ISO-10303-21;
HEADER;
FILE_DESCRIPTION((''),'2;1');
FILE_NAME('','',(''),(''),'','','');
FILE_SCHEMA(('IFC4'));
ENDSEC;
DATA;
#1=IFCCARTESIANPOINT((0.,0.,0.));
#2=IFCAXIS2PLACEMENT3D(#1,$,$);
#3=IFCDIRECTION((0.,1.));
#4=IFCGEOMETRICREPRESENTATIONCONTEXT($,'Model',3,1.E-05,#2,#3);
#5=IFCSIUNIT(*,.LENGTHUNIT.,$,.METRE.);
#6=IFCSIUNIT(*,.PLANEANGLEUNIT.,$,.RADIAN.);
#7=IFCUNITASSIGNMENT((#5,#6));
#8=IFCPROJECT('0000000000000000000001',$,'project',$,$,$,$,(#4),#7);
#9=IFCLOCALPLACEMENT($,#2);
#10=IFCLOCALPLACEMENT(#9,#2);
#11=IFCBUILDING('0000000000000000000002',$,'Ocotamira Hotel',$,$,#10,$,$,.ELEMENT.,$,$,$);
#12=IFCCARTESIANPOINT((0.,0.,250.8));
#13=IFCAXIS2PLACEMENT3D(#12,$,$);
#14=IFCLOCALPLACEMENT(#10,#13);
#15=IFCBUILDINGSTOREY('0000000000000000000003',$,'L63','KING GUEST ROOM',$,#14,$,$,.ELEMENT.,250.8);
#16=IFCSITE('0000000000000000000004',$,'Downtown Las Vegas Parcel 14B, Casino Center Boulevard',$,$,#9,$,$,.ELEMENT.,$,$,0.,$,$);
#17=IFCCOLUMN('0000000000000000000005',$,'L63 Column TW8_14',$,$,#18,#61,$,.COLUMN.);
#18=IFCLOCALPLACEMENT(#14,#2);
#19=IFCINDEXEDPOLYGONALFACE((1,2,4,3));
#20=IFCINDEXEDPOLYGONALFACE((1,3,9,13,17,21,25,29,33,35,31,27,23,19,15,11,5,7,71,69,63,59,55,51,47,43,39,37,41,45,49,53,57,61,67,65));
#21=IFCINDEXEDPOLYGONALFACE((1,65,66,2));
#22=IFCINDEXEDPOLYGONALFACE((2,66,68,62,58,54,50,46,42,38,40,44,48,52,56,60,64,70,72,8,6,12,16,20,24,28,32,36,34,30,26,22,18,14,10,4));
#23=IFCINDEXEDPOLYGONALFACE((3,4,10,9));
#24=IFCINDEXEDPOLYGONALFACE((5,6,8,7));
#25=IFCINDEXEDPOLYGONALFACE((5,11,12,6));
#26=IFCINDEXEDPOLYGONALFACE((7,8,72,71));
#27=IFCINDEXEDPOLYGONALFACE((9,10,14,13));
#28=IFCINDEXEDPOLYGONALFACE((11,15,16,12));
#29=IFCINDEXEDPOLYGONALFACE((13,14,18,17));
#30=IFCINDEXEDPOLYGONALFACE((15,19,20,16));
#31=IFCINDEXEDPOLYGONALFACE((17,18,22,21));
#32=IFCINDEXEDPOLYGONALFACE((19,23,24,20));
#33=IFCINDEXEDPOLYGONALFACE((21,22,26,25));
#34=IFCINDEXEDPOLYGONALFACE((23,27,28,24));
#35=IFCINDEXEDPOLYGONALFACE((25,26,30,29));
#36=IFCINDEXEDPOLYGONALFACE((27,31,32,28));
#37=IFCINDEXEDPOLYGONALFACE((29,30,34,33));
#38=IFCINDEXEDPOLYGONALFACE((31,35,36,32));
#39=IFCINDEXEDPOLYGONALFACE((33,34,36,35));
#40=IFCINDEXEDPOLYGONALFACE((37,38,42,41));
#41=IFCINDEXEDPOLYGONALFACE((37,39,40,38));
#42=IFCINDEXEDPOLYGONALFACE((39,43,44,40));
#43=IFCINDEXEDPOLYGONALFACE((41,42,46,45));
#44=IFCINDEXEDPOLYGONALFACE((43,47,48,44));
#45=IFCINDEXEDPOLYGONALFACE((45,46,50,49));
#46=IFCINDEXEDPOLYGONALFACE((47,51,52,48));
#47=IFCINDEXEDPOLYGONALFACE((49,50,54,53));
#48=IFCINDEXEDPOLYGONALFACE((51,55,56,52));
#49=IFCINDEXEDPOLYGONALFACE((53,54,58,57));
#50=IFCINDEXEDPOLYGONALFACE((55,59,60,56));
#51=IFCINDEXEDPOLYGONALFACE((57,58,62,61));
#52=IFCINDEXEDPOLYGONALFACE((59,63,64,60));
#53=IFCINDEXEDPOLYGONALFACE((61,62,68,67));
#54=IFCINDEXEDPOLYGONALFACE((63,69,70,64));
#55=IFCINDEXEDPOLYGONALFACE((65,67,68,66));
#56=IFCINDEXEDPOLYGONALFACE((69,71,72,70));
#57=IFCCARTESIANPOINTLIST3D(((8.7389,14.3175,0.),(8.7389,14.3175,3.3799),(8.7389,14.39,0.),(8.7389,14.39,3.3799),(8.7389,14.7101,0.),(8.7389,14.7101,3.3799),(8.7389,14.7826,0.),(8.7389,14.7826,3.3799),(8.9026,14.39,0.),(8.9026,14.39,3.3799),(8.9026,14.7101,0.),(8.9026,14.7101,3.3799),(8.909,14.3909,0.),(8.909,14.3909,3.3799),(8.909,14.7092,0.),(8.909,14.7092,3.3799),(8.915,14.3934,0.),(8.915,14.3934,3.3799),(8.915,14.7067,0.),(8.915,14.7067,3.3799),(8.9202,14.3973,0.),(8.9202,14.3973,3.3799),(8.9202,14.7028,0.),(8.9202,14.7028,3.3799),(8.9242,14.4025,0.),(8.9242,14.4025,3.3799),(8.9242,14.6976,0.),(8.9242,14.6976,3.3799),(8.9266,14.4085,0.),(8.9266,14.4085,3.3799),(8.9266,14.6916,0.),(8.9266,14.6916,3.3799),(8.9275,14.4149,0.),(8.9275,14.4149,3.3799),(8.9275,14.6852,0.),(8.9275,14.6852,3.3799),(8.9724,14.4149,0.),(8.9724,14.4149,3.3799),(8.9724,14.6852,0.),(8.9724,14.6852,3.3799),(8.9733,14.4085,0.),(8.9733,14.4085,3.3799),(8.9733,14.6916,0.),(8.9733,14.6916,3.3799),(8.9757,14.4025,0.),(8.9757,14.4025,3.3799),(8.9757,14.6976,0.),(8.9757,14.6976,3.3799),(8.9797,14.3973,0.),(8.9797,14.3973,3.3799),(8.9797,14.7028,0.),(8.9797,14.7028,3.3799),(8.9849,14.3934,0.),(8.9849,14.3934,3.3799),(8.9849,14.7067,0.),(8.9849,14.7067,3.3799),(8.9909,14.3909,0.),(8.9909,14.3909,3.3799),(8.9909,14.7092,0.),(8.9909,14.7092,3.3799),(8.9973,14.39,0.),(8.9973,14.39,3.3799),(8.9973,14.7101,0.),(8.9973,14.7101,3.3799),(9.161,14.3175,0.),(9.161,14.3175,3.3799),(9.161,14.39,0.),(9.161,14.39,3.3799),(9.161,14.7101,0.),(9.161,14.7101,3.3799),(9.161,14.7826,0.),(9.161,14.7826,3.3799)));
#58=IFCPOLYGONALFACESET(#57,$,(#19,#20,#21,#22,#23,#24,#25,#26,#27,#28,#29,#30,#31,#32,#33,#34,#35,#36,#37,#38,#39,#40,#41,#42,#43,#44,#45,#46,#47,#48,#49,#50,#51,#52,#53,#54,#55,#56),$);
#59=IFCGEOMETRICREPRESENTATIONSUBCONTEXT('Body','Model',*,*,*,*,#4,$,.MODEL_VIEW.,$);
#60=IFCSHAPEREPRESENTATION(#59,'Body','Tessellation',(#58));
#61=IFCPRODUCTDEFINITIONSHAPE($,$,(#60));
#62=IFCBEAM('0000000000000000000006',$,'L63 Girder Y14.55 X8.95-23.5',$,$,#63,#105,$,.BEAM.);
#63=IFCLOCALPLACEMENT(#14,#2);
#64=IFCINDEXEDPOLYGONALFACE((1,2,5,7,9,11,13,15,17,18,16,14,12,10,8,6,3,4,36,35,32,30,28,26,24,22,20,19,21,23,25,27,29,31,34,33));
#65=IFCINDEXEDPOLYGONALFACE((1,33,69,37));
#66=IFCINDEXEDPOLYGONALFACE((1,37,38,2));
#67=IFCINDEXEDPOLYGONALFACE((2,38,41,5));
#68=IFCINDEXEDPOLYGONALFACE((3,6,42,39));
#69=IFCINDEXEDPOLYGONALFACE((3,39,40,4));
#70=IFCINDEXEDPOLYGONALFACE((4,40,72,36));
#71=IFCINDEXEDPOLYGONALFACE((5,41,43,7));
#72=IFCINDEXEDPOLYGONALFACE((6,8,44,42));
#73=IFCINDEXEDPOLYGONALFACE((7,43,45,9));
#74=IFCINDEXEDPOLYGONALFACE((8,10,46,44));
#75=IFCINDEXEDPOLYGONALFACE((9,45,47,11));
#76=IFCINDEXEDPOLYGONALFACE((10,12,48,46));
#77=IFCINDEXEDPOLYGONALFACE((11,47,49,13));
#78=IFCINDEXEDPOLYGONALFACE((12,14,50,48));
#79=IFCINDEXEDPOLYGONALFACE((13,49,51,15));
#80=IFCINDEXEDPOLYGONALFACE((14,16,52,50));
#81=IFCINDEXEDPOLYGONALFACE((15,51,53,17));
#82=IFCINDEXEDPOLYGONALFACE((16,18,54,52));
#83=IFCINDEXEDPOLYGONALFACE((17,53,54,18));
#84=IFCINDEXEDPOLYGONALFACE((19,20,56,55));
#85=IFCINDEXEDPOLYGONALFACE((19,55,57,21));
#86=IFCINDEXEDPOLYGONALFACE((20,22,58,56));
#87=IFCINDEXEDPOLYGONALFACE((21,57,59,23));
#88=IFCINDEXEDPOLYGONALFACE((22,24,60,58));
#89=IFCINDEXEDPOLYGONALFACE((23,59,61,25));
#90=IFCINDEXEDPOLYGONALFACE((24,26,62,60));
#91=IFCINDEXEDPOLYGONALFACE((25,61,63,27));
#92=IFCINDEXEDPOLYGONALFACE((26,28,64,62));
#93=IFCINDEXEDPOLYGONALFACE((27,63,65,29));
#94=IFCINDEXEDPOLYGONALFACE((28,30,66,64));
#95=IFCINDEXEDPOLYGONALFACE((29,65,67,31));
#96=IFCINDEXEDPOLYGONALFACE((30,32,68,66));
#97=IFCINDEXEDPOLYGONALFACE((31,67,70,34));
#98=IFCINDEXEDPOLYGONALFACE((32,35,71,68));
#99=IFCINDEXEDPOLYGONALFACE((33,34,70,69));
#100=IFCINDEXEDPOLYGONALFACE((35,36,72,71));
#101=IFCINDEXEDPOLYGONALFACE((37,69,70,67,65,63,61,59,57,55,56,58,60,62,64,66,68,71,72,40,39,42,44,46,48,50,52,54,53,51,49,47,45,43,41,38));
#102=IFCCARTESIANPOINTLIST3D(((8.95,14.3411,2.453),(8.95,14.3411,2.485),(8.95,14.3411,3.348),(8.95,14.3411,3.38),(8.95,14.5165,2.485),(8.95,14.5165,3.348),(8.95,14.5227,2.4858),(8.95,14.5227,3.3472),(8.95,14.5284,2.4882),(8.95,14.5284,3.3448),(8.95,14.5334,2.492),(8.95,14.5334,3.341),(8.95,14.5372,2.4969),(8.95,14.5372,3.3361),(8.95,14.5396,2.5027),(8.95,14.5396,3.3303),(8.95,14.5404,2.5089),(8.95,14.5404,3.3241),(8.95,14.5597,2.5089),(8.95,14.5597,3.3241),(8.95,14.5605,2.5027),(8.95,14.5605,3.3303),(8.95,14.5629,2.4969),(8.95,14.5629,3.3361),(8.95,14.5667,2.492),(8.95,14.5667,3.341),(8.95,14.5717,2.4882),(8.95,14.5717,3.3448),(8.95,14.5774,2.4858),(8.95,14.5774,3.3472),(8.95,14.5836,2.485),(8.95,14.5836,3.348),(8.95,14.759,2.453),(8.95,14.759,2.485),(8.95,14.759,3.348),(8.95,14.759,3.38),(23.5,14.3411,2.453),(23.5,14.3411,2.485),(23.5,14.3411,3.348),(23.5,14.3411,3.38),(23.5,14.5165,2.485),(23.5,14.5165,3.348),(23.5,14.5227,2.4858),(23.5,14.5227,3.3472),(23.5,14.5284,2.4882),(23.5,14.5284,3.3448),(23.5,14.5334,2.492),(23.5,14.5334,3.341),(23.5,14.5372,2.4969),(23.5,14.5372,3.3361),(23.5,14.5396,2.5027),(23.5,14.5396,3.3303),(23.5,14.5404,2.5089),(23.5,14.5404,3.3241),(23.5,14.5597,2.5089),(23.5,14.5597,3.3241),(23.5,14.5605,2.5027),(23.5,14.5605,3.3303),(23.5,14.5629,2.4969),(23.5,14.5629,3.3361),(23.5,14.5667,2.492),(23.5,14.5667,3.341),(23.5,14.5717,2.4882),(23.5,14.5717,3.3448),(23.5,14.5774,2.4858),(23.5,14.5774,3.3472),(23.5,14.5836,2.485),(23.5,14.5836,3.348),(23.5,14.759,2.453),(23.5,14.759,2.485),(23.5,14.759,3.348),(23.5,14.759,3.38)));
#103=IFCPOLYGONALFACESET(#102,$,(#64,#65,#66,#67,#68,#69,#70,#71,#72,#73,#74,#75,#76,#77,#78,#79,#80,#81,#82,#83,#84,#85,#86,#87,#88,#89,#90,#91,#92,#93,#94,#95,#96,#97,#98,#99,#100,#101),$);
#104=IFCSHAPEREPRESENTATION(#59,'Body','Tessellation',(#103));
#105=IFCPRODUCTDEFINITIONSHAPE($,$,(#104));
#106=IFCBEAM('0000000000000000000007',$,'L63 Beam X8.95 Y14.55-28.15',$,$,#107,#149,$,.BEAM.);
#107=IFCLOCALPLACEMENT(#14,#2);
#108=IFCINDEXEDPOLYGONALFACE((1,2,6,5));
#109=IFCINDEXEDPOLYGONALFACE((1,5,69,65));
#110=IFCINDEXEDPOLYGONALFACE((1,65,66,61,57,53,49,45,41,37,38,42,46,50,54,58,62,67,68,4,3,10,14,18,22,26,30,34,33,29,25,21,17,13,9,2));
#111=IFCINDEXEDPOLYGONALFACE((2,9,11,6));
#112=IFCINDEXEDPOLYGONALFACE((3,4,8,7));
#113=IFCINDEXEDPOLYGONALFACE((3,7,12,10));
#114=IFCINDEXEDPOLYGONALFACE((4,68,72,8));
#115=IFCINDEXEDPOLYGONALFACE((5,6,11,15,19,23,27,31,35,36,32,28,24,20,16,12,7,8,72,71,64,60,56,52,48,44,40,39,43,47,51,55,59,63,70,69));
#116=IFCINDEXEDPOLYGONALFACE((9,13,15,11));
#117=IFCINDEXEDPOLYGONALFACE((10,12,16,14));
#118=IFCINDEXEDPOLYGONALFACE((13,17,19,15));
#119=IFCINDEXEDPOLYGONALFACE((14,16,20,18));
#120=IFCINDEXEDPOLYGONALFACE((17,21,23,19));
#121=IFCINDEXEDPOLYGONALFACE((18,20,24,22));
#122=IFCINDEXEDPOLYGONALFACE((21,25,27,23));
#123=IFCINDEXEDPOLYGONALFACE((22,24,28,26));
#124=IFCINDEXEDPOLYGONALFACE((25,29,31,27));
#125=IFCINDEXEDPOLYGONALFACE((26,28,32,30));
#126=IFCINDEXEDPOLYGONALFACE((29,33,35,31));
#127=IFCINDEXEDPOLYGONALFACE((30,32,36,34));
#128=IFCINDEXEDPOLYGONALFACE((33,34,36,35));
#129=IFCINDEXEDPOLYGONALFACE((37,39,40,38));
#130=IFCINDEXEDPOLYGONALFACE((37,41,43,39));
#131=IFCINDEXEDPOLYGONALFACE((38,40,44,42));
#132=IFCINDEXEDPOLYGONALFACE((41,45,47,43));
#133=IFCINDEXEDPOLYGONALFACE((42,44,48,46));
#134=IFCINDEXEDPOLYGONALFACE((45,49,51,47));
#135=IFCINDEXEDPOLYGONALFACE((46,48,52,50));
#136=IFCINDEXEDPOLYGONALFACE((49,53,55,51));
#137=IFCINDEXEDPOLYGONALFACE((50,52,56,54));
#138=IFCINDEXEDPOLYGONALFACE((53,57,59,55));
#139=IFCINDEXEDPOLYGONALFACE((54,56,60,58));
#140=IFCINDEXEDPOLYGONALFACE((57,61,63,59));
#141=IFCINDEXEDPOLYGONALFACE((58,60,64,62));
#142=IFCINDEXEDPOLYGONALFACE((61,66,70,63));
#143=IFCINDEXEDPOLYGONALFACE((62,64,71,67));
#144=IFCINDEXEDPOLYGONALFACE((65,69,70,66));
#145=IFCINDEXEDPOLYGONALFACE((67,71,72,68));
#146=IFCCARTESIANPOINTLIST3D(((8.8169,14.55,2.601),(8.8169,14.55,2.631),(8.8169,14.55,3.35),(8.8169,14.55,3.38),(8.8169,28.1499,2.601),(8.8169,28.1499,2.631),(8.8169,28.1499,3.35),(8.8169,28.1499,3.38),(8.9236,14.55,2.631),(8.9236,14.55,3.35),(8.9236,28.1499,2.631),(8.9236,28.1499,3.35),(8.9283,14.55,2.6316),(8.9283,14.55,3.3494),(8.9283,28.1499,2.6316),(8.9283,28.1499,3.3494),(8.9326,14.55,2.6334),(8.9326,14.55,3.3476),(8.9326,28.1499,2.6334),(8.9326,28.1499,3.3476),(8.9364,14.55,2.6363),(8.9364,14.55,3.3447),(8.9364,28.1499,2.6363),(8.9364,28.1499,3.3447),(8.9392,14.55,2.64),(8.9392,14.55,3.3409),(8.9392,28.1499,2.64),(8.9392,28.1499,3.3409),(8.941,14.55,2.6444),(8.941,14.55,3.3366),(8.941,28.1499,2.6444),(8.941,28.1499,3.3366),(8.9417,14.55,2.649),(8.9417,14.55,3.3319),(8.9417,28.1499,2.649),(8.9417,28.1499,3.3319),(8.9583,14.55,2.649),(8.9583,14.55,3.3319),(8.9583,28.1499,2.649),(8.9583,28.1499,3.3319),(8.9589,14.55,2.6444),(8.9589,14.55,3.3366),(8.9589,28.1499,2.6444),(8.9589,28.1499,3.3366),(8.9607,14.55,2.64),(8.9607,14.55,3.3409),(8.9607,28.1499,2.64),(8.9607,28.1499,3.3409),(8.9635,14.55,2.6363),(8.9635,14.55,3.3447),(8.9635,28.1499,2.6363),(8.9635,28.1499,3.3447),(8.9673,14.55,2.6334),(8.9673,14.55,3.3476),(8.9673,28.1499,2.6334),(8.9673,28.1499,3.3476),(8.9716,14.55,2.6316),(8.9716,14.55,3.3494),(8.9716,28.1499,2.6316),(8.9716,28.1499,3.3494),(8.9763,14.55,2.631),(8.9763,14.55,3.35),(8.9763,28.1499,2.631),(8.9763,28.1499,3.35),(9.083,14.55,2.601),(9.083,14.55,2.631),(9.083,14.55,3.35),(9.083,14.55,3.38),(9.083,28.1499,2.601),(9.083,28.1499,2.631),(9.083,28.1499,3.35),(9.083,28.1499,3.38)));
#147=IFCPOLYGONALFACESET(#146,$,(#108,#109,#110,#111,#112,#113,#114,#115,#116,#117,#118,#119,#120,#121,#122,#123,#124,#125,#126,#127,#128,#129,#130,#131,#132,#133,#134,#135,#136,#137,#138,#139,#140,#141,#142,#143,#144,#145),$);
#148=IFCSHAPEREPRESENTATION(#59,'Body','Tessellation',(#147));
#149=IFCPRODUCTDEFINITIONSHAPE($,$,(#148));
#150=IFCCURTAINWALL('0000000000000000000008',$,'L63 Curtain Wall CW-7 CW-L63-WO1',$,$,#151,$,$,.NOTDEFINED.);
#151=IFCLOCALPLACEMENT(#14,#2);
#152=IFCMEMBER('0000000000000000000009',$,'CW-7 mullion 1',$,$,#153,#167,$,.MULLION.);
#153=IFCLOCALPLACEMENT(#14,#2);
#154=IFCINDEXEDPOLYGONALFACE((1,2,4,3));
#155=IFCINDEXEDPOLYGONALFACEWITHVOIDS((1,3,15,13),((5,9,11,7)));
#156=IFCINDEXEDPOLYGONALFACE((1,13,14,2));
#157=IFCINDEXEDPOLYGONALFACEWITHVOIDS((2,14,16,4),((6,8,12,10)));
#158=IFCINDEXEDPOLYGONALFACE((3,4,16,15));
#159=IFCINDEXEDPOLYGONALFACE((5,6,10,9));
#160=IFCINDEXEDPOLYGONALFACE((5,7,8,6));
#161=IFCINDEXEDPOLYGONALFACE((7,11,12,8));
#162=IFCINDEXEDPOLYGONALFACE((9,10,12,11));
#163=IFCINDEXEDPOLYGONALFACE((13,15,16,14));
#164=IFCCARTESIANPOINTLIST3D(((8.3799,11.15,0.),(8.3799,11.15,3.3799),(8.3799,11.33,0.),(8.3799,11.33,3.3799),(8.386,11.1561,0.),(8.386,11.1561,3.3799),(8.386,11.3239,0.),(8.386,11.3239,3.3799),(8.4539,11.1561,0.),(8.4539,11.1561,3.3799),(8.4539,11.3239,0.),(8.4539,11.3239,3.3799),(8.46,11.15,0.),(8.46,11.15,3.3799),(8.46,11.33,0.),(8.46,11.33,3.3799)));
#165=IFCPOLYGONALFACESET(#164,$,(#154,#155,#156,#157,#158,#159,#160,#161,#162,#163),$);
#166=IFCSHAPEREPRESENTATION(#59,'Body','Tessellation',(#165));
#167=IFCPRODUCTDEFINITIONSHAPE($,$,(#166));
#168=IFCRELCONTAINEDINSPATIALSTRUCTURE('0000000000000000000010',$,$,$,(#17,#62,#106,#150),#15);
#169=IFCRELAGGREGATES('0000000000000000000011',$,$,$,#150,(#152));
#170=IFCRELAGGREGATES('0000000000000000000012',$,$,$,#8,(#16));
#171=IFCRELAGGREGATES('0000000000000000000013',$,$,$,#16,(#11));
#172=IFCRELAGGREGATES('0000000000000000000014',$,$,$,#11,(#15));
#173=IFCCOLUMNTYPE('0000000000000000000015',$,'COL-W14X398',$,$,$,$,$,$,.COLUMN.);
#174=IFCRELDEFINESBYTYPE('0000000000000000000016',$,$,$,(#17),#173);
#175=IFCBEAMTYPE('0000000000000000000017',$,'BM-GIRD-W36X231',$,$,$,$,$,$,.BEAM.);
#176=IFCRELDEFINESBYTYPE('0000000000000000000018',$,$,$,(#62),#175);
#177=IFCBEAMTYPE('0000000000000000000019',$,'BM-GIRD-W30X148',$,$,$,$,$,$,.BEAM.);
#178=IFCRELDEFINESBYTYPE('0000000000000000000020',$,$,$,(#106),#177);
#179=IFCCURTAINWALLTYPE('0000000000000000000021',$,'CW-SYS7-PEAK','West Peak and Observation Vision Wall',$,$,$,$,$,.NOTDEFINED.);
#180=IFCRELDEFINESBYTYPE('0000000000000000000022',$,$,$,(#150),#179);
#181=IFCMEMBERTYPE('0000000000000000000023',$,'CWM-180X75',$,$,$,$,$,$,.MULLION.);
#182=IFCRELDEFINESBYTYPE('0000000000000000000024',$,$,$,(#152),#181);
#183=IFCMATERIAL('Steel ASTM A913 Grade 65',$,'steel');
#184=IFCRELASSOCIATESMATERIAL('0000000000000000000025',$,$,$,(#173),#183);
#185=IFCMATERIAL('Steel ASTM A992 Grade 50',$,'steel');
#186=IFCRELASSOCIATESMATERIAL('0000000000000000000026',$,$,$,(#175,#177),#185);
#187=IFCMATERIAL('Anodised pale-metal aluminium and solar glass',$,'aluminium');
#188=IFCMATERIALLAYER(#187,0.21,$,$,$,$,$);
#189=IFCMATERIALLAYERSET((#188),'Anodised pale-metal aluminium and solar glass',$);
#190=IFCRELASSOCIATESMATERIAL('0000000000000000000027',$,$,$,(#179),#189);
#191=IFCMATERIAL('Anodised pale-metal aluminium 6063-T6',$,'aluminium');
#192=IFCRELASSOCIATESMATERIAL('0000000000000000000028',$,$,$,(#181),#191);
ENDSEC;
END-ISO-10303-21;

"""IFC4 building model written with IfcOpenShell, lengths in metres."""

from ifc_helpers import new_model, si_unit, direction, frame, origin, origin_2d, place, context, subcontext, project, spatial, hollow_rectangle, i_section, extrude, source, transform, mapped, material, layer, layer_set, material_profile, profile_set, type_object, element, aggregate, save


model = new_model("IFC4")

# Units and contexts
model_context = context("Model", 3, precision=1e-05, world=origin(), true_north=direction((0.0, 1.0)))
body_context = subcontext(model_context, "Body", "Model", "MODEL_VIEW")
ifc_project = project(units=[si_unit("LENGTHUNIT", "METRE"), si_unit("PLANEANGLEUNIT", "RADIAN")], contexts=[model_context])

# Site, building, storey
site_placement = place(None, origin())
site = spatial("IfcSite", under=ifc_project, at=site_placement, Name="Downtown Las Vegas Parcel 14B, Casino Center Boulevard", CompositionType="ELEMENT", RefElevation=0.0)
building_placement = place(site_placement, origin())
building = spatial("IfcBuilding", under=site, at=building_placement, Name="Ocotamira Hotel", CompositionType="ELEMENT")
storey_placement = place(building_placement, frame((0.0, 0.0, 250.8)))
storey = spatial("IfcBuildingStorey", under=building, at=storey_placement, Name="L63", Description="KING GUEST ROOM", CompositionType="ELEMENT", Elevation=250.8)

# Column
ifc_material_1 = material(Name="Steel ASTM A913 Grade 65", Category="steel")
ifc_material_profile_1 = material_profile(ifc_material_1, i_section(OverallWidth=0.4221, OverallDepth=0.4651, WebThickness=0.0449, FlangeThickness=0.0725, FilletRadius=0.0249, at=origin_2d()), Name="W14X398")
ifc_profile_set_1 = profile_set([ifc_material_profile_1], Name="Steel ASTM A913 Grade 65")
column_type = type_object("IfcColumnType", Name="COL-W14X398", PredefinedType="COLUMN", material=ifc_profile_set_1)
shared_shape_1 = source(origin(), body_context, "Body", "SweptSolid", [
    extrude(i_section(OverallWidth=0.4221, OverallDepth=0.4651, WebThickness=0.0449, FlangeThickness=0.0725, FilletRadius=0.0249, at=origin_2d()), origin(), (0.0, 0.0, 1.0), 3.3799),
])
column_placement = place(storey_placement, frame((8.95, 14.55, 0.0), z_axis=(0.0, 0.0, 1.0), x_axis=(1.0, 0.0, 0.0)))
element("IfcColumn", 1, at=column_placement, inside=storey, type_object=column_type, Name="L63 Column TW8_14", PredefinedType="COLUMN", context=body_context, shape_type="MappedRepresentation", body=[
    mapped(shared_shape_1, transform((0.0, 0.0, 0.0), scale=1.0)),
])

# Beams
ifc_material_2 = material(Name="Steel ASTM A992 Grade 50", Category="steel")
ifc_material_profile_2 = material_profile(ifc_material_2, i_section(OverallWidth=0.418, OverallDepth=0.927, WebThickness=0.0193, FlangeThickness=0.032, FilletRadius=0.0239, at=origin_2d()), Name="W36X231")
ifc_profile_set_2 = profile_set([ifc_material_profile_2], Name="Steel ASTM A992 Grade 50")
beam_type_1 = type_object("IfcBeamType", Name="BM-GIRD-W36X231", PredefinedType="BEAM", material=ifc_profile_set_2)
shared_shape_2 = source(origin(), body_context, "Body", "SweptSolid", [
    extrude(i_section(OverallWidth=0.418, OverallDepth=0.927, WebThickness=0.0193, FlangeThickness=0.032, FilletRadius=0.0239, at=origin_2d()), origin(), (0.0, 0.0, 1.0), 14.55),
])
beam_1_placement = place(storey_placement, frame((8.95, 14.55, 2.9165), z_axis=(1.0, 0.0, 0.0), x_axis=(0.0, 1.0, 0.0)))
element("IfcBeam", 2, at=beam_1_placement, inside=storey, type_object=beam_type_1, Name="L63 Girder Y14.55 X8.95-23.5", PredefinedType="BEAM", context=body_context, shape_type="MappedRepresentation", body=[
    mapped(shared_shape_2, transform((0.0, 0.0, 0.0), scale=1.0)),
])
ifc_material_profile_3 = material_profile(ifc_material_2, i_section(OverallWidth=0.2661, OverallDepth=0.7791, WebThickness=0.0166, FlangeThickness=0.03, FilletRadius=0.0181, at=origin_2d()), Name="W30X148")
ifc_profile_set_3 = profile_set([ifc_material_profile_3], Name="Steel ASTM A992 Grade 50")
beam_type_2 = type_object("IfcBeamType", Name="BM-GIRD-W30X148", PredefinedType="BEAM", material=ifc_profile_set_3)
shared_shape_3 = source(origin(), body_context, "Body", "SweptSolid", [
    extrude(i_section(OverallWidth=0.2661, OverallDepth=0.7791, WebThickness=0.0166, FlangeThickness=0.03, FilletRadius=0.0181, at=origin_2d()), origin(), (0.0, 0.0, 1.0), 13.5999),
])
beam_2_placement = place(storey_placement, frame((8.95, 14.55, 2.9905), z_axis=(0.0, 1.0, 0.0), x_axis=(-1.0, 0.0, 0.0)))
element("IfcBeam", 3, at=beam_2_placement, inside=storey, type_object=beam_type_2, Name="L63 Beam X8.95 Y14.55-28.15", PredefinedType="BEAM", context=body_context, shape_type="MappedRepresentation", body=[
    mapped(shared_shape_3, transform((0.0, 0.0, 0.0), scale=1.0)),
])

# Curtain wall, member
ifc_material_3 = material(Name="Anodised pale-metal aluminium and solar glass", Category="aluminium")
ifc_layer_1 = layer(ifc_material_3, 0.21)
ifc_layer_set_1 = layer_set([ifc_layer_1], Name="Anodised pale-metal aluminium and solar glass")
curtain_wall_type = type_object("IfcCurtainWallType", Name="CW-SYS7-PEAK", Description="West Peak and Observation Vision Wall", PredefinedType="NOTDEFINED", material=ifc_layer_set_1)
curtain_wall_placement = place(storey_placement, origin())
curtain_wall = element("IfcCurtainWall", 4, at=curtain_wall_placement, inside=storey, type_object=curtain_wall_type, Name="L63 Curtain Wall CW-7 CW-L63-WO1", PredefinedType="NOTDEFINED")
ifc_material_4 = material(Name="Anodised pale-metal aluminium 6063-T6", Category="aluminium")
ifc_material_profile_4 = material_profile(ifc_material_4, hollow_rectangle(XDim=0.0801, YDim=0.1799, WallThickness=0.0061, at=origin_2d()), Name="HSS180X80X6")
ifc_profile_set_4 = profile_set([ifc_material_profile_4], Name="Anodised pale-metal aluminium 6063-T6")
member_type_1 = type_object("IfcMemberType", Name="CWM-180X75", PredefinedType="MULLION", material=ifc_profile_set_4)
shared_shape_4 = source(origin(), body_context, "Body", "SweptSolid", [
    extrude(hollow_rectangle(XDim=0.0801, YDim=0.1799, WallThickness=0.0061, at=origin_2d()), origin(), (0.0, 0.0, 1.0), 3.3799),
])
member_1_placement = place(storey_placement, frame((8.4199, 11.24, 0.0), z_axis=(0.0, 0.0, 1.0), x_axis=(-1.0, 0.0, 0.0)))
member_1 = element("IfcMember", 5, at=member_1_placement, type_object=member_type_1, Name="CW-7 mullion 1", PredefinedType="MULLION", context=body_context, shape_type="MappedRepresentation", body=[
    mapped(shared_shape_4, transform((0.0, 0.0, 0.0), scale=1.0)),
])
aggregate(curtain_wall, [member_1])

save(model, "model.ifc")
